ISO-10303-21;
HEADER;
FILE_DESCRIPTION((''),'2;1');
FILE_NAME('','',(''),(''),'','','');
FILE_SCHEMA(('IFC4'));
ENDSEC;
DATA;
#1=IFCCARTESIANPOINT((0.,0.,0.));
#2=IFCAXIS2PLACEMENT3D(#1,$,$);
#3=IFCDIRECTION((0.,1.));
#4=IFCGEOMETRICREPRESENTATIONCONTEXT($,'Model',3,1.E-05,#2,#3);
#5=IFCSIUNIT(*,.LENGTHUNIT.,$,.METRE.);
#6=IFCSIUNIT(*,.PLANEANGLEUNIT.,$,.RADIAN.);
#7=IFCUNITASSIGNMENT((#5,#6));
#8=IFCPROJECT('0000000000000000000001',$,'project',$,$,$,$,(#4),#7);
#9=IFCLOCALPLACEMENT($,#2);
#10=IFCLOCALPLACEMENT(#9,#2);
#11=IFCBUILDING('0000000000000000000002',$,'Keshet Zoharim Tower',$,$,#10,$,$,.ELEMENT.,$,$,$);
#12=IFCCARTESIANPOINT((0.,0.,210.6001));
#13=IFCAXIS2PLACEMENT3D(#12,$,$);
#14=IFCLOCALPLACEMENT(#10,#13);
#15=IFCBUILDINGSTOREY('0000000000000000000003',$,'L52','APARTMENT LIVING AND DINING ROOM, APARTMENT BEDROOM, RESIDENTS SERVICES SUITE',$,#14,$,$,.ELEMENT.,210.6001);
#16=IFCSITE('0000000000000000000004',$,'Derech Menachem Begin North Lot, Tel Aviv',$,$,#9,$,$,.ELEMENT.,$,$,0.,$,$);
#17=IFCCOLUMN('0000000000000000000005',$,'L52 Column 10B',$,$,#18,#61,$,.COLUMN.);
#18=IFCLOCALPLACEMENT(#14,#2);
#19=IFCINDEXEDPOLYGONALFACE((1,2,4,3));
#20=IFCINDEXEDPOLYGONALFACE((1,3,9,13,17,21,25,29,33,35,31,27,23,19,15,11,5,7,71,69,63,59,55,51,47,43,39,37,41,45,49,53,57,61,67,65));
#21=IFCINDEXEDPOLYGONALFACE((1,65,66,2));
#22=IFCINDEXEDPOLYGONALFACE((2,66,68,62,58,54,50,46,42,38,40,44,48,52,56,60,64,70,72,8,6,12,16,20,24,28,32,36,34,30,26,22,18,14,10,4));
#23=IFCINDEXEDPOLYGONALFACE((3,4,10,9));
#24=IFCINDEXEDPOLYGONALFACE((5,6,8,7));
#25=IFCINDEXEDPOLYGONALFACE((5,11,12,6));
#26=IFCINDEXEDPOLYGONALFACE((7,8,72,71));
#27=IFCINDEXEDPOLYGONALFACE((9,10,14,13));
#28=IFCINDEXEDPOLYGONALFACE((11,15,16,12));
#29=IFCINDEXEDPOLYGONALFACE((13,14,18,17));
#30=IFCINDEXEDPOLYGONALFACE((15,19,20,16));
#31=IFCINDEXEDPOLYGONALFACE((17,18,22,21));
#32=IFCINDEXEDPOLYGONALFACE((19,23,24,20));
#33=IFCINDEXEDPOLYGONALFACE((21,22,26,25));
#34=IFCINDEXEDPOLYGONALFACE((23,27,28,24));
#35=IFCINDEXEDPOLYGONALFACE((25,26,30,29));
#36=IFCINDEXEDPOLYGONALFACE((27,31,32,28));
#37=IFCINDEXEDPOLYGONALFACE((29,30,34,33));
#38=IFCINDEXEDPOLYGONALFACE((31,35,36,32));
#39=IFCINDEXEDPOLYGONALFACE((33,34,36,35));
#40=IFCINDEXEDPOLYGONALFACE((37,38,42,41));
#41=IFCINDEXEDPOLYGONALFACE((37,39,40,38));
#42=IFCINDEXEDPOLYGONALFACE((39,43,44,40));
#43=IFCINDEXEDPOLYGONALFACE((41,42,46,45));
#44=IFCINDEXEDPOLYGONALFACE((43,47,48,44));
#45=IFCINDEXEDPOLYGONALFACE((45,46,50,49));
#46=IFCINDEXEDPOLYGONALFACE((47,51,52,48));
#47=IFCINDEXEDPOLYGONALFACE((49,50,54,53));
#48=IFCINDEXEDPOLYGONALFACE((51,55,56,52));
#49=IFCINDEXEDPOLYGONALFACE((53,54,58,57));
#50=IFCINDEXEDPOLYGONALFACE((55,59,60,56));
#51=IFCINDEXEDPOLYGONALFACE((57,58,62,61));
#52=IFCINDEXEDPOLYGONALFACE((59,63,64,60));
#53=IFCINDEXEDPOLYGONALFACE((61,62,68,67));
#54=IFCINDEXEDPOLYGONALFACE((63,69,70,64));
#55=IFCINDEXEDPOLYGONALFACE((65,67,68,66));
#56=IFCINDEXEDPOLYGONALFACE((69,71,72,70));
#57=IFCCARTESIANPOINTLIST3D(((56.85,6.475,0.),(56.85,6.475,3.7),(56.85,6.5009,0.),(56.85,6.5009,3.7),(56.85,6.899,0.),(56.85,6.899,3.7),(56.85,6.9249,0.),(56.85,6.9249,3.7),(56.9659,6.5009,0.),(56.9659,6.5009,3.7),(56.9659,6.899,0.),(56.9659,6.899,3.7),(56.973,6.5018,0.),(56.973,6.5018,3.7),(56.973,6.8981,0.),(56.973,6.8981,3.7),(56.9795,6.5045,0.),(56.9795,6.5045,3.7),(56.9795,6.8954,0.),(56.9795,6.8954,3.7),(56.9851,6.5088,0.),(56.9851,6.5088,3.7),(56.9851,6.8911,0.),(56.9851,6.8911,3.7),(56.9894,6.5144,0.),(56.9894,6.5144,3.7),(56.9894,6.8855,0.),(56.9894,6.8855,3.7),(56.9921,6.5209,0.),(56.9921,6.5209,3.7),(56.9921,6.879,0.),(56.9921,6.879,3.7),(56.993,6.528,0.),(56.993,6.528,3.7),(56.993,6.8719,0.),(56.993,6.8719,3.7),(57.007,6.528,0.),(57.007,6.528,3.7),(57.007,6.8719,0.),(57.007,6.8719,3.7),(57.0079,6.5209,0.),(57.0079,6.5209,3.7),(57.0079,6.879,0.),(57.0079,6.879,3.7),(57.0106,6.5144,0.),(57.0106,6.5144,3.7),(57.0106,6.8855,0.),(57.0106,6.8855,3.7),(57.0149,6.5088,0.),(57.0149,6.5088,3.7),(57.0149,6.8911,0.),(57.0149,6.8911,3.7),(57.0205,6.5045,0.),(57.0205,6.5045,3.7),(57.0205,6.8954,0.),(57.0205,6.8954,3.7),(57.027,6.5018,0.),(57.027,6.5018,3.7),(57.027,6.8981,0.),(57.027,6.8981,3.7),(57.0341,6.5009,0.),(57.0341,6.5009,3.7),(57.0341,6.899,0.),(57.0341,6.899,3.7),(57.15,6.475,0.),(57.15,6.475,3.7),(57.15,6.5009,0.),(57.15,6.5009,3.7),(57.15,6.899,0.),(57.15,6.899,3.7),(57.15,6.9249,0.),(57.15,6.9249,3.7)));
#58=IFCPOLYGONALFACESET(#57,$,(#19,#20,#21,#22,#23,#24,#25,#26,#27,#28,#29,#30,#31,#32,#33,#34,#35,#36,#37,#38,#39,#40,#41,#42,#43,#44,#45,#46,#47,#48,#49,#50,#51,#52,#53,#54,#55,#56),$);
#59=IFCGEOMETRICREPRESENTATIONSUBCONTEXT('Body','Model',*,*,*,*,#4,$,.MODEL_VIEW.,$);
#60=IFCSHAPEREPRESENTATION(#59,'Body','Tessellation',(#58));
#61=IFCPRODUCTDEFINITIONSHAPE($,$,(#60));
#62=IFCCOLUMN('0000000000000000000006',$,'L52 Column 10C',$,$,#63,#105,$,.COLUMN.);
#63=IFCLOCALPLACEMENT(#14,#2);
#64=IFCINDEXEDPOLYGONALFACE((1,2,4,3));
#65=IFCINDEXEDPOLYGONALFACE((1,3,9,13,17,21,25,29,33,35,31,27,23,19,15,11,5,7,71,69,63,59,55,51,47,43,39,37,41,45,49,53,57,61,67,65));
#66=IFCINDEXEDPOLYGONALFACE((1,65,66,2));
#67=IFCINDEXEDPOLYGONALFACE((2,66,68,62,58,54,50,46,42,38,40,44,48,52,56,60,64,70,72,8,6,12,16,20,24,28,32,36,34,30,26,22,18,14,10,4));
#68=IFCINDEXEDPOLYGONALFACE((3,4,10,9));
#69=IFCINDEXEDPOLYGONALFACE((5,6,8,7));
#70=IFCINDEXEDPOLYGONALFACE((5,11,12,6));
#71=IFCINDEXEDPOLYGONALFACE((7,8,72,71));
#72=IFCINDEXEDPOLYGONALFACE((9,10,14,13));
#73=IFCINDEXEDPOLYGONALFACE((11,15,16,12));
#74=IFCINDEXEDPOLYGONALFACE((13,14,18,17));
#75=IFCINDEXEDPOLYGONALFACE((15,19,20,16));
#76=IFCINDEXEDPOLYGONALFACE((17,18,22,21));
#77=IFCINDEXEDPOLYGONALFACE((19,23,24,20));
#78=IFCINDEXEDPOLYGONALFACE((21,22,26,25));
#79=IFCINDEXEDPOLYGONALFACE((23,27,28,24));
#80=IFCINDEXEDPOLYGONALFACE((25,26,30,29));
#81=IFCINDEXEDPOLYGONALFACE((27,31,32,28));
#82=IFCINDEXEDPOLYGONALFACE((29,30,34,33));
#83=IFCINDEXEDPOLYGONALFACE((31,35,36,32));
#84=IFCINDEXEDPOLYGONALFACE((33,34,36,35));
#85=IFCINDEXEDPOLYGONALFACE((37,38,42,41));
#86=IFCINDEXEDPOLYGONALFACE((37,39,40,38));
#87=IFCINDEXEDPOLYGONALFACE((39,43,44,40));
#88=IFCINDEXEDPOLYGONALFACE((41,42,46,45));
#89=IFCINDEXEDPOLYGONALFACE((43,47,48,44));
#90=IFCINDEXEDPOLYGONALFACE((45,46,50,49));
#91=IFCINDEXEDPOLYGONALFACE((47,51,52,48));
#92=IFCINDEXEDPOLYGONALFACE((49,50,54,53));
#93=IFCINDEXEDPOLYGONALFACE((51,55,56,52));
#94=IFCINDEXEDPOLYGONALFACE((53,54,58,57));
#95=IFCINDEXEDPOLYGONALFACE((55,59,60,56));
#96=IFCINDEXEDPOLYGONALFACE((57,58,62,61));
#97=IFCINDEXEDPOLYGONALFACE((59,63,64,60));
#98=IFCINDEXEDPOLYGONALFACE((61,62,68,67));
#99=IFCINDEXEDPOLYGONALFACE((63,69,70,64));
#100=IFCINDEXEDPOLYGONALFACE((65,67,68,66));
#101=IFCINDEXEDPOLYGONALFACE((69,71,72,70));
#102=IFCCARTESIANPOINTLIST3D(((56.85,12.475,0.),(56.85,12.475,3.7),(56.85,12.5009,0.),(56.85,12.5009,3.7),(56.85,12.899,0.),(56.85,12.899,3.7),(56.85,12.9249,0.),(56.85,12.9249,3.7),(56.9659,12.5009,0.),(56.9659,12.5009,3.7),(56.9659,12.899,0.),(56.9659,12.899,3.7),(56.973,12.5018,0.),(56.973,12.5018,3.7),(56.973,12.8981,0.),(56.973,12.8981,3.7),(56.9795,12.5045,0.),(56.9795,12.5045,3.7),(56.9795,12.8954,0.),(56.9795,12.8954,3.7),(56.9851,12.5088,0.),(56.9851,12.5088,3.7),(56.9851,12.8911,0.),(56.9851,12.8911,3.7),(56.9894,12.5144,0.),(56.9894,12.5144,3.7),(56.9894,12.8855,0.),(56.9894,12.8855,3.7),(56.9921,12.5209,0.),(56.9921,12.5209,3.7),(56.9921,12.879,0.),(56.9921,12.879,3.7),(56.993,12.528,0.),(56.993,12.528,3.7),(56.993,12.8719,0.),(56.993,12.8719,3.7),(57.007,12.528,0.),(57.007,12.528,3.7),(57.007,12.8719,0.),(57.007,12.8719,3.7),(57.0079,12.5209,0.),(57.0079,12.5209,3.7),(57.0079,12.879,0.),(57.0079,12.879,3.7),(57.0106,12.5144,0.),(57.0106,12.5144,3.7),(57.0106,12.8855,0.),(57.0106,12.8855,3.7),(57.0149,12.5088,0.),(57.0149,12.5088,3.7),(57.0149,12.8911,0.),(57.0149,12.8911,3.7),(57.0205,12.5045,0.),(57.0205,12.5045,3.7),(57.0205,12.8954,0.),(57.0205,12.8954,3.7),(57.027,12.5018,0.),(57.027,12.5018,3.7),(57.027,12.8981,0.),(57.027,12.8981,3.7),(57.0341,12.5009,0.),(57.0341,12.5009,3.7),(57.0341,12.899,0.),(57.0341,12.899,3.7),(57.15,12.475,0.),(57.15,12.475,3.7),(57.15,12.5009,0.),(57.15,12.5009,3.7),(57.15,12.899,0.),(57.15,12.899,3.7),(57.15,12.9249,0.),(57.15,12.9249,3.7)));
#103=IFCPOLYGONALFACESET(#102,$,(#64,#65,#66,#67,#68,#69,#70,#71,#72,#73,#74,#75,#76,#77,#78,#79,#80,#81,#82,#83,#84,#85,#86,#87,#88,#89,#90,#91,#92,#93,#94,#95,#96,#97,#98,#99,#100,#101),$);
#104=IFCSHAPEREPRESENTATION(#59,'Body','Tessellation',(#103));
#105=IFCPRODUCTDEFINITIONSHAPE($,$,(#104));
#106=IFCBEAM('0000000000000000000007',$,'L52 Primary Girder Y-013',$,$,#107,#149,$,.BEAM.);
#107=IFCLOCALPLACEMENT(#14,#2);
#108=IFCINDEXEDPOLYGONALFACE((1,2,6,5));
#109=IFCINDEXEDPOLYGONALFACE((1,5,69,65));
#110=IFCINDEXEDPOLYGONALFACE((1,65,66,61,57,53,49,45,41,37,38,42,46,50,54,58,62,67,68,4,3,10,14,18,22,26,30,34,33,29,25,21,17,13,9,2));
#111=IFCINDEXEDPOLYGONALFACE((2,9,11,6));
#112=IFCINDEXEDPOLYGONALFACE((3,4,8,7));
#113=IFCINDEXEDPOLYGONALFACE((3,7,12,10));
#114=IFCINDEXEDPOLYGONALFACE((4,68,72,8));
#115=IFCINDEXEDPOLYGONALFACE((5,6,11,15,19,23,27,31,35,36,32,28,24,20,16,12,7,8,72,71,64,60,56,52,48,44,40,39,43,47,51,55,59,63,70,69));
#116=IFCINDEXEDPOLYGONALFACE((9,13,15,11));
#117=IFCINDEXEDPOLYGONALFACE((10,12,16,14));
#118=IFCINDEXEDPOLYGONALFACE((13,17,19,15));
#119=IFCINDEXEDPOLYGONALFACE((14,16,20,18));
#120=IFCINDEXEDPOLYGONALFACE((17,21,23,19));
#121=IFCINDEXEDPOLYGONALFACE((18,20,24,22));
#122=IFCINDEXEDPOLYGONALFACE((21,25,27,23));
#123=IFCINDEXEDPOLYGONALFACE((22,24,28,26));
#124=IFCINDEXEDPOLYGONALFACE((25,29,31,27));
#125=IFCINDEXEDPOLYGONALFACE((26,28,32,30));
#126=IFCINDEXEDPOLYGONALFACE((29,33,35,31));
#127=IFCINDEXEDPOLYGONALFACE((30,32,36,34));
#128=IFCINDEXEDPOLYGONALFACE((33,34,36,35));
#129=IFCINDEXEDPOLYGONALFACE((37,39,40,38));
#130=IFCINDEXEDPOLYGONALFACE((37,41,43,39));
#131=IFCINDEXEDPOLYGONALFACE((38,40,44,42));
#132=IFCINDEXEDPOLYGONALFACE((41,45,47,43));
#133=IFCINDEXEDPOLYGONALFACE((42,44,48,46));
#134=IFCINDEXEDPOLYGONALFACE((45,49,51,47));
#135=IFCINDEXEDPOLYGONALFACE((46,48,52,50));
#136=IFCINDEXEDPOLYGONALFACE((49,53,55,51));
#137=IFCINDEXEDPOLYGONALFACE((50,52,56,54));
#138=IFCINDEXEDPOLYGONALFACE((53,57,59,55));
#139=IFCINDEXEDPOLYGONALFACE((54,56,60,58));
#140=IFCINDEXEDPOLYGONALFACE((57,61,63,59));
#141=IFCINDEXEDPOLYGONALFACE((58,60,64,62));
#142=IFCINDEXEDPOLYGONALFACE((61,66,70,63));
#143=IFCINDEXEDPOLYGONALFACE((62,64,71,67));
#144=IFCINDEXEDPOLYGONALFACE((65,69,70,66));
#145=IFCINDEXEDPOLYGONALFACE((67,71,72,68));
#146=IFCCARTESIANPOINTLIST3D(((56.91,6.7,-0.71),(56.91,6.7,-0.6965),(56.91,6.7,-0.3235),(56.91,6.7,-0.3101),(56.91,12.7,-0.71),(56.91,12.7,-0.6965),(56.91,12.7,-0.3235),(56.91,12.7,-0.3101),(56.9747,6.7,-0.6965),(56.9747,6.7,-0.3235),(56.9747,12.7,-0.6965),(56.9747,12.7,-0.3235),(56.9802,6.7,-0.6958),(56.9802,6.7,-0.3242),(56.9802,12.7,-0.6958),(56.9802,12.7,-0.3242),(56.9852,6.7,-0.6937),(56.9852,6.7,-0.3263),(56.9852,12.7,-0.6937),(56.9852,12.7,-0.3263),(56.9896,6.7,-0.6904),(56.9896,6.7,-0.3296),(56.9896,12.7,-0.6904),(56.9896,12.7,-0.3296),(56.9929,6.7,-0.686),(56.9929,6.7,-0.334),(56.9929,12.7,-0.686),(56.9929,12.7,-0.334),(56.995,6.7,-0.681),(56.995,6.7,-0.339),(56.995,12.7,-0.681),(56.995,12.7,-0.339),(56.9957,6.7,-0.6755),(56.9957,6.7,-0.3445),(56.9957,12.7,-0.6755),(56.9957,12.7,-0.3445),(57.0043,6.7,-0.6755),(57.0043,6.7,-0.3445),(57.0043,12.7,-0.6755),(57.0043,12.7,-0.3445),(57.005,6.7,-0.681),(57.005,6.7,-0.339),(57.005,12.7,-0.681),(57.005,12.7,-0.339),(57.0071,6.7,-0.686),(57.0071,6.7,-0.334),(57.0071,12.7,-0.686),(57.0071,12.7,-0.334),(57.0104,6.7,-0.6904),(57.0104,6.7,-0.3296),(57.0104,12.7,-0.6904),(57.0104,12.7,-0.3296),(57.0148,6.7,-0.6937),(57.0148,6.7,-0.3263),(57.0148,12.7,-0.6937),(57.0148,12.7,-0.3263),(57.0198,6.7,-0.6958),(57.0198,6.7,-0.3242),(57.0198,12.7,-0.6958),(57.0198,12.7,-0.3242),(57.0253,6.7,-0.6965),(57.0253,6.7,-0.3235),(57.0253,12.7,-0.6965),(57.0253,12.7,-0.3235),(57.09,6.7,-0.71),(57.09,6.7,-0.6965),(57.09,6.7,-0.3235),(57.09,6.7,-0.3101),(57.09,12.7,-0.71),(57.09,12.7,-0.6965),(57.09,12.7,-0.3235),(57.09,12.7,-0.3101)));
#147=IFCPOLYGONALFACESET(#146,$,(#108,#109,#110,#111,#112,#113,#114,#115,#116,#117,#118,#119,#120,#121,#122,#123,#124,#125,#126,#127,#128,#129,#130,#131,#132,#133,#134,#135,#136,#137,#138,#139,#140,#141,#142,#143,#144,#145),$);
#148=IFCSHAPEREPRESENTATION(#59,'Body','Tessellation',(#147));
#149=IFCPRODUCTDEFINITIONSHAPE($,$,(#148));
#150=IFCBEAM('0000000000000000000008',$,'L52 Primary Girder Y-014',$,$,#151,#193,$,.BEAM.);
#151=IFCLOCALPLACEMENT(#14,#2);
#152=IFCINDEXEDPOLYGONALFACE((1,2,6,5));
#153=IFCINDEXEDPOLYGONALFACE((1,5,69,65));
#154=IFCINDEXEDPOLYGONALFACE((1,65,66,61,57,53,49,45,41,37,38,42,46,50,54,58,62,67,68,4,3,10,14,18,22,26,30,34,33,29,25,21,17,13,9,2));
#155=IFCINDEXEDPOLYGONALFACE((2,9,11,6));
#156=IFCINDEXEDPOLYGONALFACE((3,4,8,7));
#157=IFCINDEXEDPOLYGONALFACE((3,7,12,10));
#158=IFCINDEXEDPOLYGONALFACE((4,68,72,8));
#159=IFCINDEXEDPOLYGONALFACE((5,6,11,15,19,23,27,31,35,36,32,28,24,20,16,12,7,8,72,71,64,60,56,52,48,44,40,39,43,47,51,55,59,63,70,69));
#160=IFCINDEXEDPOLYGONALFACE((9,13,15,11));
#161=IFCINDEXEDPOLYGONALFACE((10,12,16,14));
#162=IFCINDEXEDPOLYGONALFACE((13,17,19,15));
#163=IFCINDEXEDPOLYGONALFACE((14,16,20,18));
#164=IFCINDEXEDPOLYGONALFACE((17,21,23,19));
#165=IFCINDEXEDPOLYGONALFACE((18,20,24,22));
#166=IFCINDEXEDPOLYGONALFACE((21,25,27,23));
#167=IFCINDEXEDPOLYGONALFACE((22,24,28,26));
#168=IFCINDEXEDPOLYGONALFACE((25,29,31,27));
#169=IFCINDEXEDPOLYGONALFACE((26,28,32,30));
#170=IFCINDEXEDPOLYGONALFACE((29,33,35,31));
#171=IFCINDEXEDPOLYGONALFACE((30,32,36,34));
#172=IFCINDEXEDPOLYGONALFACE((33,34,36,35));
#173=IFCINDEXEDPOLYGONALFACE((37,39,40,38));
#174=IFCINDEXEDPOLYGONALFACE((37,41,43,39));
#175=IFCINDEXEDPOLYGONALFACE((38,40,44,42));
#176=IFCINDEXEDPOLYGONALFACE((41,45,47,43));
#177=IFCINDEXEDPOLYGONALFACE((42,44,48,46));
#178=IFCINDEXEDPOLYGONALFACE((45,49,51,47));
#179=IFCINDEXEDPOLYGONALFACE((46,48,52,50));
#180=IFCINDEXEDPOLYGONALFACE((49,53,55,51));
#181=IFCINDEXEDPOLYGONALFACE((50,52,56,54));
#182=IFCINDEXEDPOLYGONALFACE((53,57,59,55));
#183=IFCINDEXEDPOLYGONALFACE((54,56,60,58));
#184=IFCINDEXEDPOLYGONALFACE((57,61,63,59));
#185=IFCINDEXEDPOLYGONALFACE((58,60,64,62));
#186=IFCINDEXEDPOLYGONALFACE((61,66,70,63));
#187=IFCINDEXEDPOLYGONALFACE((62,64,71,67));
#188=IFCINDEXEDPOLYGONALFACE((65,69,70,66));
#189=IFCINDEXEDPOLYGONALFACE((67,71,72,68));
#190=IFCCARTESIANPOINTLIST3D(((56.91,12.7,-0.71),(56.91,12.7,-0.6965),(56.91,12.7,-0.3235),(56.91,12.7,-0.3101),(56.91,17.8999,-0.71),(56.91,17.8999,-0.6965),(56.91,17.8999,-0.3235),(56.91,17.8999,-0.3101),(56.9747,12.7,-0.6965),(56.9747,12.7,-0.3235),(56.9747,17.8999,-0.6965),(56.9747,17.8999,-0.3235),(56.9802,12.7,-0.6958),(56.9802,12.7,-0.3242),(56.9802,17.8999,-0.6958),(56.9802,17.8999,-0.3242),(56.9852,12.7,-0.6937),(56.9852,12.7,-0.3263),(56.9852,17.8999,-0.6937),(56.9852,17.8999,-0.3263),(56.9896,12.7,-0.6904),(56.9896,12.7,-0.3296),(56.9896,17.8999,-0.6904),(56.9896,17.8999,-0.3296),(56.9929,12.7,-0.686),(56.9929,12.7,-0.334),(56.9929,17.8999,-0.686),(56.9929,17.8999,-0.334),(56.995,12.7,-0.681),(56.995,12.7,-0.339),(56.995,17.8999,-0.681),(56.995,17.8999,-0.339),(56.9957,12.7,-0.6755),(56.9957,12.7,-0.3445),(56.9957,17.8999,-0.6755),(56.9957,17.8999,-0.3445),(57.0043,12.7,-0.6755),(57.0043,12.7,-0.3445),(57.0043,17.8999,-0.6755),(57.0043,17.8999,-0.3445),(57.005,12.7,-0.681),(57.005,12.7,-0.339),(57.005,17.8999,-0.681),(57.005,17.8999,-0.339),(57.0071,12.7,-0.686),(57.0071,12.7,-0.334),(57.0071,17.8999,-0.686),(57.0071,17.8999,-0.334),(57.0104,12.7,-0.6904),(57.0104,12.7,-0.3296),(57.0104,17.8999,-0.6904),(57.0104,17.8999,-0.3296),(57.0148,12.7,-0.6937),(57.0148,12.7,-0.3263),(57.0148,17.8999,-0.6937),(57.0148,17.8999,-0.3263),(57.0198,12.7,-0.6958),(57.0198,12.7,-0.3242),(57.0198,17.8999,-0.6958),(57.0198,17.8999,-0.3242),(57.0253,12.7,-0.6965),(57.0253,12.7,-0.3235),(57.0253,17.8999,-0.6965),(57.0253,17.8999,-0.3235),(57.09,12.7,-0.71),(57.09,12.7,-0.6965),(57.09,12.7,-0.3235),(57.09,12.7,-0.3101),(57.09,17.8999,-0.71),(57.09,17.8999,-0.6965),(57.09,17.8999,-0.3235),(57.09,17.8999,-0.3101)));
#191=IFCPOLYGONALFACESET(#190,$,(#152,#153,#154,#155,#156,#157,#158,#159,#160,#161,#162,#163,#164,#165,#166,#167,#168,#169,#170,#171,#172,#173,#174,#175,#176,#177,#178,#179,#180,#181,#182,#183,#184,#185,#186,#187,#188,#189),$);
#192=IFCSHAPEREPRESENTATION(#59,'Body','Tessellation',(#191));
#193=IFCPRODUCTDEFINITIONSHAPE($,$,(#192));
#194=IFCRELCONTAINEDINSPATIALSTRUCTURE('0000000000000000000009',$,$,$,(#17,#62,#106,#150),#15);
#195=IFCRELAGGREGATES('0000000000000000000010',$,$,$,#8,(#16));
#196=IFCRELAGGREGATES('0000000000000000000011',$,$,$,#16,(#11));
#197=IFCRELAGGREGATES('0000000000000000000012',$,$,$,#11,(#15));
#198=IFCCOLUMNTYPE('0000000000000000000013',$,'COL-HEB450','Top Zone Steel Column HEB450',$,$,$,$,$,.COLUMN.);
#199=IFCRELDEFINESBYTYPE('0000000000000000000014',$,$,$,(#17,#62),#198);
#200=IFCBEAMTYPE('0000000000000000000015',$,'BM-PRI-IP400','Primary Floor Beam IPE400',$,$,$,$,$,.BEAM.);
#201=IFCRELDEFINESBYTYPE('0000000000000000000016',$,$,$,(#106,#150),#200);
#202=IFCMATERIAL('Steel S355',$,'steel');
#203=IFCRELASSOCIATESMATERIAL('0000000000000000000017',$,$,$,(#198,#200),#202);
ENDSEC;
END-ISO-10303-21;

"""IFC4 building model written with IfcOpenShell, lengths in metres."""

from ifc_helpers import new_model, si_unit, direction, frame, origin, origin_2d, place, context, subcontext, project, spatial, i_section, extrude, material, material_profile, profile_set, type_object, element, save


model = new_model("IFC4")

# Units and contexts
model_context = context("Model", 3, precision=1e-05, world=origin(), true_north=direction((0.0, 1.0)))
body_context = subcontext(model_context, "Body", "Model", "MODEL_VIEW")
ifc_project = project(units=[si_unit("LENGTHUNIT", "METRE"), si_unit("PLANEANGLEUNIT", "RADIAN")], contexts=[model_context])

# Site, building, storey
site_placement = place(None, origin())
site = spatial("IfcSite", under=ifc_project, at=site_placement, Name="Derech Menachem Begin North Lot, Tel Aviv", CompositionType="ELEMENT", RefElevation=0.0)
building_placement = place(site_placement, origin())
building = spatial("IfcBuilding", under=site, at=building_placement, Name="Keshet Zoharim Tower", CompositionType="ELEMENT")
storey_placement = place(building_placement, frame((0.0, 0.0, 210.6001)))
storey = spatial("IfcBuildingStorey", under=building, at=storey_placement, Name="L52", Description="APARTMENT LIVING AND DINING ROOM, APARTMENT BEDROOM, RESIDENTS SERVICES SUITE", CompositionType="ELEMENT", Elevation=210.6001)

# Columns
ifc_material_1 = material(Name="Steel S355", Category="steel")
ifc_material_profile_1 = material_profile(ifc_material_1, i_section(OverallWidth=0.3, OverallDepth=0.45, WebThickness=0.0139, FlangeThickness=0.0259, FilletRadius=0.0271, at=origin_2d()), Name="HEB450")
ifc_profile_set_1 = profile_set([ifc_material_profile_1], Name="Steel S355")
column_type = type_object("IfcColumnType", Name="COL-HEB450", Description="Top Zone Steel Column HEB450", PredefinedType="COLUMN", material=ifc_profile_set_1)
for number, where, z_axis, x_axis, name in (
    (1, (57.0, 6.7, 0.0), (0.0, 0.0, 1.0), (1.0, 0.0, 0.0), "L52 Column 10B"),
    (2, (57.0, 12.7, 0.0), (0.0, 0.0, 1.0), (1.0, 0.0, 0.0), "L52 Column 10C"),
):
    element("IfcColumn", number, at=place(storey_placement, frame(where, z_axis=z_axis, x_axis=x_axis)), inside=storey, type_object=column_type, Name=name, PredefinedType="COLUMN", context=body_context, shape_type="SweptSolid", body=[
        extrude(i_section(OverallWidth=0.3, OverallDepth=0.45, WebThickness=0.0139, FlangeThickness=0.0259, FilletRadius=0.0271, at=origin_2d()), origin(), (0.0, 0.0, 1.0), 3.7),
    ])

# Beams
ifc_material_profile_2 = material_profile(ifc_material_1, i_section(OverallWidth=0.1799, OverallDepth=0.3999, WebThickness=0.0085, FlangeThickness=0.0134, FilletRadius=0.021, at=origin_2d()), Name="IPE400")
ifc_profile_set_2 = profile_set([ifc_material_profile_2], Name="Steel S355")
beam_type = type_object("IfcBeamType", Name="BM-PRI-IP400", Description="Primary Floor Beam IPE400", PredefinedType="BEAM", material=ifc_profile_set_2)
beam_1_placement = place(storey_placement, frame((57.0, 6.7, -0.51), z_axis=(0.0, 1.0, 0.0), x_axis=(-1.0, 0.0, 0.0)))
element("IfcBeam", 3, at=beam_1_placement, inside=storey, type_object=beam_type, Name="L52 Primary Girder Y-013", PredefinedType="BEAM", context=body_context, shape_type="SweptSolid", body=[
    extrude(i_section(OverallWidth=0.1799, OverallDepth=0.3999, WebThickness=0.0085, FlangeThickness=0.0134, FilletRadius=0.021, at=origin_2d()), origin(), (0.0, 0.0, 1.0), 6.0),
])
beam_2_placement = place(storey_placement, frame((57.0, 12.7, -0.51), z_axis=(0.0, 1.0, 0.0), x_axis=(-1.0, 0.0, 0.0)))
element("IfcBeam", 4, at=beam_2_placement, inside=storey, type_object=beam_type, Name="L52 Primary Girder Y-014", PredefinedType="BEAM", context=body_context, shape_type="SweptSolid", body=[
    extrude(i_section(OverallWidth=0.1799, OverallDepth=0.3999, WebThickness=0.0085, FlangeThickness=0.0134, FilletRadius=0.021, at=origin_2d()), origin(), (0.0, 0.0, 1.0), 5.2),
])

save(model, "model.ifc")
